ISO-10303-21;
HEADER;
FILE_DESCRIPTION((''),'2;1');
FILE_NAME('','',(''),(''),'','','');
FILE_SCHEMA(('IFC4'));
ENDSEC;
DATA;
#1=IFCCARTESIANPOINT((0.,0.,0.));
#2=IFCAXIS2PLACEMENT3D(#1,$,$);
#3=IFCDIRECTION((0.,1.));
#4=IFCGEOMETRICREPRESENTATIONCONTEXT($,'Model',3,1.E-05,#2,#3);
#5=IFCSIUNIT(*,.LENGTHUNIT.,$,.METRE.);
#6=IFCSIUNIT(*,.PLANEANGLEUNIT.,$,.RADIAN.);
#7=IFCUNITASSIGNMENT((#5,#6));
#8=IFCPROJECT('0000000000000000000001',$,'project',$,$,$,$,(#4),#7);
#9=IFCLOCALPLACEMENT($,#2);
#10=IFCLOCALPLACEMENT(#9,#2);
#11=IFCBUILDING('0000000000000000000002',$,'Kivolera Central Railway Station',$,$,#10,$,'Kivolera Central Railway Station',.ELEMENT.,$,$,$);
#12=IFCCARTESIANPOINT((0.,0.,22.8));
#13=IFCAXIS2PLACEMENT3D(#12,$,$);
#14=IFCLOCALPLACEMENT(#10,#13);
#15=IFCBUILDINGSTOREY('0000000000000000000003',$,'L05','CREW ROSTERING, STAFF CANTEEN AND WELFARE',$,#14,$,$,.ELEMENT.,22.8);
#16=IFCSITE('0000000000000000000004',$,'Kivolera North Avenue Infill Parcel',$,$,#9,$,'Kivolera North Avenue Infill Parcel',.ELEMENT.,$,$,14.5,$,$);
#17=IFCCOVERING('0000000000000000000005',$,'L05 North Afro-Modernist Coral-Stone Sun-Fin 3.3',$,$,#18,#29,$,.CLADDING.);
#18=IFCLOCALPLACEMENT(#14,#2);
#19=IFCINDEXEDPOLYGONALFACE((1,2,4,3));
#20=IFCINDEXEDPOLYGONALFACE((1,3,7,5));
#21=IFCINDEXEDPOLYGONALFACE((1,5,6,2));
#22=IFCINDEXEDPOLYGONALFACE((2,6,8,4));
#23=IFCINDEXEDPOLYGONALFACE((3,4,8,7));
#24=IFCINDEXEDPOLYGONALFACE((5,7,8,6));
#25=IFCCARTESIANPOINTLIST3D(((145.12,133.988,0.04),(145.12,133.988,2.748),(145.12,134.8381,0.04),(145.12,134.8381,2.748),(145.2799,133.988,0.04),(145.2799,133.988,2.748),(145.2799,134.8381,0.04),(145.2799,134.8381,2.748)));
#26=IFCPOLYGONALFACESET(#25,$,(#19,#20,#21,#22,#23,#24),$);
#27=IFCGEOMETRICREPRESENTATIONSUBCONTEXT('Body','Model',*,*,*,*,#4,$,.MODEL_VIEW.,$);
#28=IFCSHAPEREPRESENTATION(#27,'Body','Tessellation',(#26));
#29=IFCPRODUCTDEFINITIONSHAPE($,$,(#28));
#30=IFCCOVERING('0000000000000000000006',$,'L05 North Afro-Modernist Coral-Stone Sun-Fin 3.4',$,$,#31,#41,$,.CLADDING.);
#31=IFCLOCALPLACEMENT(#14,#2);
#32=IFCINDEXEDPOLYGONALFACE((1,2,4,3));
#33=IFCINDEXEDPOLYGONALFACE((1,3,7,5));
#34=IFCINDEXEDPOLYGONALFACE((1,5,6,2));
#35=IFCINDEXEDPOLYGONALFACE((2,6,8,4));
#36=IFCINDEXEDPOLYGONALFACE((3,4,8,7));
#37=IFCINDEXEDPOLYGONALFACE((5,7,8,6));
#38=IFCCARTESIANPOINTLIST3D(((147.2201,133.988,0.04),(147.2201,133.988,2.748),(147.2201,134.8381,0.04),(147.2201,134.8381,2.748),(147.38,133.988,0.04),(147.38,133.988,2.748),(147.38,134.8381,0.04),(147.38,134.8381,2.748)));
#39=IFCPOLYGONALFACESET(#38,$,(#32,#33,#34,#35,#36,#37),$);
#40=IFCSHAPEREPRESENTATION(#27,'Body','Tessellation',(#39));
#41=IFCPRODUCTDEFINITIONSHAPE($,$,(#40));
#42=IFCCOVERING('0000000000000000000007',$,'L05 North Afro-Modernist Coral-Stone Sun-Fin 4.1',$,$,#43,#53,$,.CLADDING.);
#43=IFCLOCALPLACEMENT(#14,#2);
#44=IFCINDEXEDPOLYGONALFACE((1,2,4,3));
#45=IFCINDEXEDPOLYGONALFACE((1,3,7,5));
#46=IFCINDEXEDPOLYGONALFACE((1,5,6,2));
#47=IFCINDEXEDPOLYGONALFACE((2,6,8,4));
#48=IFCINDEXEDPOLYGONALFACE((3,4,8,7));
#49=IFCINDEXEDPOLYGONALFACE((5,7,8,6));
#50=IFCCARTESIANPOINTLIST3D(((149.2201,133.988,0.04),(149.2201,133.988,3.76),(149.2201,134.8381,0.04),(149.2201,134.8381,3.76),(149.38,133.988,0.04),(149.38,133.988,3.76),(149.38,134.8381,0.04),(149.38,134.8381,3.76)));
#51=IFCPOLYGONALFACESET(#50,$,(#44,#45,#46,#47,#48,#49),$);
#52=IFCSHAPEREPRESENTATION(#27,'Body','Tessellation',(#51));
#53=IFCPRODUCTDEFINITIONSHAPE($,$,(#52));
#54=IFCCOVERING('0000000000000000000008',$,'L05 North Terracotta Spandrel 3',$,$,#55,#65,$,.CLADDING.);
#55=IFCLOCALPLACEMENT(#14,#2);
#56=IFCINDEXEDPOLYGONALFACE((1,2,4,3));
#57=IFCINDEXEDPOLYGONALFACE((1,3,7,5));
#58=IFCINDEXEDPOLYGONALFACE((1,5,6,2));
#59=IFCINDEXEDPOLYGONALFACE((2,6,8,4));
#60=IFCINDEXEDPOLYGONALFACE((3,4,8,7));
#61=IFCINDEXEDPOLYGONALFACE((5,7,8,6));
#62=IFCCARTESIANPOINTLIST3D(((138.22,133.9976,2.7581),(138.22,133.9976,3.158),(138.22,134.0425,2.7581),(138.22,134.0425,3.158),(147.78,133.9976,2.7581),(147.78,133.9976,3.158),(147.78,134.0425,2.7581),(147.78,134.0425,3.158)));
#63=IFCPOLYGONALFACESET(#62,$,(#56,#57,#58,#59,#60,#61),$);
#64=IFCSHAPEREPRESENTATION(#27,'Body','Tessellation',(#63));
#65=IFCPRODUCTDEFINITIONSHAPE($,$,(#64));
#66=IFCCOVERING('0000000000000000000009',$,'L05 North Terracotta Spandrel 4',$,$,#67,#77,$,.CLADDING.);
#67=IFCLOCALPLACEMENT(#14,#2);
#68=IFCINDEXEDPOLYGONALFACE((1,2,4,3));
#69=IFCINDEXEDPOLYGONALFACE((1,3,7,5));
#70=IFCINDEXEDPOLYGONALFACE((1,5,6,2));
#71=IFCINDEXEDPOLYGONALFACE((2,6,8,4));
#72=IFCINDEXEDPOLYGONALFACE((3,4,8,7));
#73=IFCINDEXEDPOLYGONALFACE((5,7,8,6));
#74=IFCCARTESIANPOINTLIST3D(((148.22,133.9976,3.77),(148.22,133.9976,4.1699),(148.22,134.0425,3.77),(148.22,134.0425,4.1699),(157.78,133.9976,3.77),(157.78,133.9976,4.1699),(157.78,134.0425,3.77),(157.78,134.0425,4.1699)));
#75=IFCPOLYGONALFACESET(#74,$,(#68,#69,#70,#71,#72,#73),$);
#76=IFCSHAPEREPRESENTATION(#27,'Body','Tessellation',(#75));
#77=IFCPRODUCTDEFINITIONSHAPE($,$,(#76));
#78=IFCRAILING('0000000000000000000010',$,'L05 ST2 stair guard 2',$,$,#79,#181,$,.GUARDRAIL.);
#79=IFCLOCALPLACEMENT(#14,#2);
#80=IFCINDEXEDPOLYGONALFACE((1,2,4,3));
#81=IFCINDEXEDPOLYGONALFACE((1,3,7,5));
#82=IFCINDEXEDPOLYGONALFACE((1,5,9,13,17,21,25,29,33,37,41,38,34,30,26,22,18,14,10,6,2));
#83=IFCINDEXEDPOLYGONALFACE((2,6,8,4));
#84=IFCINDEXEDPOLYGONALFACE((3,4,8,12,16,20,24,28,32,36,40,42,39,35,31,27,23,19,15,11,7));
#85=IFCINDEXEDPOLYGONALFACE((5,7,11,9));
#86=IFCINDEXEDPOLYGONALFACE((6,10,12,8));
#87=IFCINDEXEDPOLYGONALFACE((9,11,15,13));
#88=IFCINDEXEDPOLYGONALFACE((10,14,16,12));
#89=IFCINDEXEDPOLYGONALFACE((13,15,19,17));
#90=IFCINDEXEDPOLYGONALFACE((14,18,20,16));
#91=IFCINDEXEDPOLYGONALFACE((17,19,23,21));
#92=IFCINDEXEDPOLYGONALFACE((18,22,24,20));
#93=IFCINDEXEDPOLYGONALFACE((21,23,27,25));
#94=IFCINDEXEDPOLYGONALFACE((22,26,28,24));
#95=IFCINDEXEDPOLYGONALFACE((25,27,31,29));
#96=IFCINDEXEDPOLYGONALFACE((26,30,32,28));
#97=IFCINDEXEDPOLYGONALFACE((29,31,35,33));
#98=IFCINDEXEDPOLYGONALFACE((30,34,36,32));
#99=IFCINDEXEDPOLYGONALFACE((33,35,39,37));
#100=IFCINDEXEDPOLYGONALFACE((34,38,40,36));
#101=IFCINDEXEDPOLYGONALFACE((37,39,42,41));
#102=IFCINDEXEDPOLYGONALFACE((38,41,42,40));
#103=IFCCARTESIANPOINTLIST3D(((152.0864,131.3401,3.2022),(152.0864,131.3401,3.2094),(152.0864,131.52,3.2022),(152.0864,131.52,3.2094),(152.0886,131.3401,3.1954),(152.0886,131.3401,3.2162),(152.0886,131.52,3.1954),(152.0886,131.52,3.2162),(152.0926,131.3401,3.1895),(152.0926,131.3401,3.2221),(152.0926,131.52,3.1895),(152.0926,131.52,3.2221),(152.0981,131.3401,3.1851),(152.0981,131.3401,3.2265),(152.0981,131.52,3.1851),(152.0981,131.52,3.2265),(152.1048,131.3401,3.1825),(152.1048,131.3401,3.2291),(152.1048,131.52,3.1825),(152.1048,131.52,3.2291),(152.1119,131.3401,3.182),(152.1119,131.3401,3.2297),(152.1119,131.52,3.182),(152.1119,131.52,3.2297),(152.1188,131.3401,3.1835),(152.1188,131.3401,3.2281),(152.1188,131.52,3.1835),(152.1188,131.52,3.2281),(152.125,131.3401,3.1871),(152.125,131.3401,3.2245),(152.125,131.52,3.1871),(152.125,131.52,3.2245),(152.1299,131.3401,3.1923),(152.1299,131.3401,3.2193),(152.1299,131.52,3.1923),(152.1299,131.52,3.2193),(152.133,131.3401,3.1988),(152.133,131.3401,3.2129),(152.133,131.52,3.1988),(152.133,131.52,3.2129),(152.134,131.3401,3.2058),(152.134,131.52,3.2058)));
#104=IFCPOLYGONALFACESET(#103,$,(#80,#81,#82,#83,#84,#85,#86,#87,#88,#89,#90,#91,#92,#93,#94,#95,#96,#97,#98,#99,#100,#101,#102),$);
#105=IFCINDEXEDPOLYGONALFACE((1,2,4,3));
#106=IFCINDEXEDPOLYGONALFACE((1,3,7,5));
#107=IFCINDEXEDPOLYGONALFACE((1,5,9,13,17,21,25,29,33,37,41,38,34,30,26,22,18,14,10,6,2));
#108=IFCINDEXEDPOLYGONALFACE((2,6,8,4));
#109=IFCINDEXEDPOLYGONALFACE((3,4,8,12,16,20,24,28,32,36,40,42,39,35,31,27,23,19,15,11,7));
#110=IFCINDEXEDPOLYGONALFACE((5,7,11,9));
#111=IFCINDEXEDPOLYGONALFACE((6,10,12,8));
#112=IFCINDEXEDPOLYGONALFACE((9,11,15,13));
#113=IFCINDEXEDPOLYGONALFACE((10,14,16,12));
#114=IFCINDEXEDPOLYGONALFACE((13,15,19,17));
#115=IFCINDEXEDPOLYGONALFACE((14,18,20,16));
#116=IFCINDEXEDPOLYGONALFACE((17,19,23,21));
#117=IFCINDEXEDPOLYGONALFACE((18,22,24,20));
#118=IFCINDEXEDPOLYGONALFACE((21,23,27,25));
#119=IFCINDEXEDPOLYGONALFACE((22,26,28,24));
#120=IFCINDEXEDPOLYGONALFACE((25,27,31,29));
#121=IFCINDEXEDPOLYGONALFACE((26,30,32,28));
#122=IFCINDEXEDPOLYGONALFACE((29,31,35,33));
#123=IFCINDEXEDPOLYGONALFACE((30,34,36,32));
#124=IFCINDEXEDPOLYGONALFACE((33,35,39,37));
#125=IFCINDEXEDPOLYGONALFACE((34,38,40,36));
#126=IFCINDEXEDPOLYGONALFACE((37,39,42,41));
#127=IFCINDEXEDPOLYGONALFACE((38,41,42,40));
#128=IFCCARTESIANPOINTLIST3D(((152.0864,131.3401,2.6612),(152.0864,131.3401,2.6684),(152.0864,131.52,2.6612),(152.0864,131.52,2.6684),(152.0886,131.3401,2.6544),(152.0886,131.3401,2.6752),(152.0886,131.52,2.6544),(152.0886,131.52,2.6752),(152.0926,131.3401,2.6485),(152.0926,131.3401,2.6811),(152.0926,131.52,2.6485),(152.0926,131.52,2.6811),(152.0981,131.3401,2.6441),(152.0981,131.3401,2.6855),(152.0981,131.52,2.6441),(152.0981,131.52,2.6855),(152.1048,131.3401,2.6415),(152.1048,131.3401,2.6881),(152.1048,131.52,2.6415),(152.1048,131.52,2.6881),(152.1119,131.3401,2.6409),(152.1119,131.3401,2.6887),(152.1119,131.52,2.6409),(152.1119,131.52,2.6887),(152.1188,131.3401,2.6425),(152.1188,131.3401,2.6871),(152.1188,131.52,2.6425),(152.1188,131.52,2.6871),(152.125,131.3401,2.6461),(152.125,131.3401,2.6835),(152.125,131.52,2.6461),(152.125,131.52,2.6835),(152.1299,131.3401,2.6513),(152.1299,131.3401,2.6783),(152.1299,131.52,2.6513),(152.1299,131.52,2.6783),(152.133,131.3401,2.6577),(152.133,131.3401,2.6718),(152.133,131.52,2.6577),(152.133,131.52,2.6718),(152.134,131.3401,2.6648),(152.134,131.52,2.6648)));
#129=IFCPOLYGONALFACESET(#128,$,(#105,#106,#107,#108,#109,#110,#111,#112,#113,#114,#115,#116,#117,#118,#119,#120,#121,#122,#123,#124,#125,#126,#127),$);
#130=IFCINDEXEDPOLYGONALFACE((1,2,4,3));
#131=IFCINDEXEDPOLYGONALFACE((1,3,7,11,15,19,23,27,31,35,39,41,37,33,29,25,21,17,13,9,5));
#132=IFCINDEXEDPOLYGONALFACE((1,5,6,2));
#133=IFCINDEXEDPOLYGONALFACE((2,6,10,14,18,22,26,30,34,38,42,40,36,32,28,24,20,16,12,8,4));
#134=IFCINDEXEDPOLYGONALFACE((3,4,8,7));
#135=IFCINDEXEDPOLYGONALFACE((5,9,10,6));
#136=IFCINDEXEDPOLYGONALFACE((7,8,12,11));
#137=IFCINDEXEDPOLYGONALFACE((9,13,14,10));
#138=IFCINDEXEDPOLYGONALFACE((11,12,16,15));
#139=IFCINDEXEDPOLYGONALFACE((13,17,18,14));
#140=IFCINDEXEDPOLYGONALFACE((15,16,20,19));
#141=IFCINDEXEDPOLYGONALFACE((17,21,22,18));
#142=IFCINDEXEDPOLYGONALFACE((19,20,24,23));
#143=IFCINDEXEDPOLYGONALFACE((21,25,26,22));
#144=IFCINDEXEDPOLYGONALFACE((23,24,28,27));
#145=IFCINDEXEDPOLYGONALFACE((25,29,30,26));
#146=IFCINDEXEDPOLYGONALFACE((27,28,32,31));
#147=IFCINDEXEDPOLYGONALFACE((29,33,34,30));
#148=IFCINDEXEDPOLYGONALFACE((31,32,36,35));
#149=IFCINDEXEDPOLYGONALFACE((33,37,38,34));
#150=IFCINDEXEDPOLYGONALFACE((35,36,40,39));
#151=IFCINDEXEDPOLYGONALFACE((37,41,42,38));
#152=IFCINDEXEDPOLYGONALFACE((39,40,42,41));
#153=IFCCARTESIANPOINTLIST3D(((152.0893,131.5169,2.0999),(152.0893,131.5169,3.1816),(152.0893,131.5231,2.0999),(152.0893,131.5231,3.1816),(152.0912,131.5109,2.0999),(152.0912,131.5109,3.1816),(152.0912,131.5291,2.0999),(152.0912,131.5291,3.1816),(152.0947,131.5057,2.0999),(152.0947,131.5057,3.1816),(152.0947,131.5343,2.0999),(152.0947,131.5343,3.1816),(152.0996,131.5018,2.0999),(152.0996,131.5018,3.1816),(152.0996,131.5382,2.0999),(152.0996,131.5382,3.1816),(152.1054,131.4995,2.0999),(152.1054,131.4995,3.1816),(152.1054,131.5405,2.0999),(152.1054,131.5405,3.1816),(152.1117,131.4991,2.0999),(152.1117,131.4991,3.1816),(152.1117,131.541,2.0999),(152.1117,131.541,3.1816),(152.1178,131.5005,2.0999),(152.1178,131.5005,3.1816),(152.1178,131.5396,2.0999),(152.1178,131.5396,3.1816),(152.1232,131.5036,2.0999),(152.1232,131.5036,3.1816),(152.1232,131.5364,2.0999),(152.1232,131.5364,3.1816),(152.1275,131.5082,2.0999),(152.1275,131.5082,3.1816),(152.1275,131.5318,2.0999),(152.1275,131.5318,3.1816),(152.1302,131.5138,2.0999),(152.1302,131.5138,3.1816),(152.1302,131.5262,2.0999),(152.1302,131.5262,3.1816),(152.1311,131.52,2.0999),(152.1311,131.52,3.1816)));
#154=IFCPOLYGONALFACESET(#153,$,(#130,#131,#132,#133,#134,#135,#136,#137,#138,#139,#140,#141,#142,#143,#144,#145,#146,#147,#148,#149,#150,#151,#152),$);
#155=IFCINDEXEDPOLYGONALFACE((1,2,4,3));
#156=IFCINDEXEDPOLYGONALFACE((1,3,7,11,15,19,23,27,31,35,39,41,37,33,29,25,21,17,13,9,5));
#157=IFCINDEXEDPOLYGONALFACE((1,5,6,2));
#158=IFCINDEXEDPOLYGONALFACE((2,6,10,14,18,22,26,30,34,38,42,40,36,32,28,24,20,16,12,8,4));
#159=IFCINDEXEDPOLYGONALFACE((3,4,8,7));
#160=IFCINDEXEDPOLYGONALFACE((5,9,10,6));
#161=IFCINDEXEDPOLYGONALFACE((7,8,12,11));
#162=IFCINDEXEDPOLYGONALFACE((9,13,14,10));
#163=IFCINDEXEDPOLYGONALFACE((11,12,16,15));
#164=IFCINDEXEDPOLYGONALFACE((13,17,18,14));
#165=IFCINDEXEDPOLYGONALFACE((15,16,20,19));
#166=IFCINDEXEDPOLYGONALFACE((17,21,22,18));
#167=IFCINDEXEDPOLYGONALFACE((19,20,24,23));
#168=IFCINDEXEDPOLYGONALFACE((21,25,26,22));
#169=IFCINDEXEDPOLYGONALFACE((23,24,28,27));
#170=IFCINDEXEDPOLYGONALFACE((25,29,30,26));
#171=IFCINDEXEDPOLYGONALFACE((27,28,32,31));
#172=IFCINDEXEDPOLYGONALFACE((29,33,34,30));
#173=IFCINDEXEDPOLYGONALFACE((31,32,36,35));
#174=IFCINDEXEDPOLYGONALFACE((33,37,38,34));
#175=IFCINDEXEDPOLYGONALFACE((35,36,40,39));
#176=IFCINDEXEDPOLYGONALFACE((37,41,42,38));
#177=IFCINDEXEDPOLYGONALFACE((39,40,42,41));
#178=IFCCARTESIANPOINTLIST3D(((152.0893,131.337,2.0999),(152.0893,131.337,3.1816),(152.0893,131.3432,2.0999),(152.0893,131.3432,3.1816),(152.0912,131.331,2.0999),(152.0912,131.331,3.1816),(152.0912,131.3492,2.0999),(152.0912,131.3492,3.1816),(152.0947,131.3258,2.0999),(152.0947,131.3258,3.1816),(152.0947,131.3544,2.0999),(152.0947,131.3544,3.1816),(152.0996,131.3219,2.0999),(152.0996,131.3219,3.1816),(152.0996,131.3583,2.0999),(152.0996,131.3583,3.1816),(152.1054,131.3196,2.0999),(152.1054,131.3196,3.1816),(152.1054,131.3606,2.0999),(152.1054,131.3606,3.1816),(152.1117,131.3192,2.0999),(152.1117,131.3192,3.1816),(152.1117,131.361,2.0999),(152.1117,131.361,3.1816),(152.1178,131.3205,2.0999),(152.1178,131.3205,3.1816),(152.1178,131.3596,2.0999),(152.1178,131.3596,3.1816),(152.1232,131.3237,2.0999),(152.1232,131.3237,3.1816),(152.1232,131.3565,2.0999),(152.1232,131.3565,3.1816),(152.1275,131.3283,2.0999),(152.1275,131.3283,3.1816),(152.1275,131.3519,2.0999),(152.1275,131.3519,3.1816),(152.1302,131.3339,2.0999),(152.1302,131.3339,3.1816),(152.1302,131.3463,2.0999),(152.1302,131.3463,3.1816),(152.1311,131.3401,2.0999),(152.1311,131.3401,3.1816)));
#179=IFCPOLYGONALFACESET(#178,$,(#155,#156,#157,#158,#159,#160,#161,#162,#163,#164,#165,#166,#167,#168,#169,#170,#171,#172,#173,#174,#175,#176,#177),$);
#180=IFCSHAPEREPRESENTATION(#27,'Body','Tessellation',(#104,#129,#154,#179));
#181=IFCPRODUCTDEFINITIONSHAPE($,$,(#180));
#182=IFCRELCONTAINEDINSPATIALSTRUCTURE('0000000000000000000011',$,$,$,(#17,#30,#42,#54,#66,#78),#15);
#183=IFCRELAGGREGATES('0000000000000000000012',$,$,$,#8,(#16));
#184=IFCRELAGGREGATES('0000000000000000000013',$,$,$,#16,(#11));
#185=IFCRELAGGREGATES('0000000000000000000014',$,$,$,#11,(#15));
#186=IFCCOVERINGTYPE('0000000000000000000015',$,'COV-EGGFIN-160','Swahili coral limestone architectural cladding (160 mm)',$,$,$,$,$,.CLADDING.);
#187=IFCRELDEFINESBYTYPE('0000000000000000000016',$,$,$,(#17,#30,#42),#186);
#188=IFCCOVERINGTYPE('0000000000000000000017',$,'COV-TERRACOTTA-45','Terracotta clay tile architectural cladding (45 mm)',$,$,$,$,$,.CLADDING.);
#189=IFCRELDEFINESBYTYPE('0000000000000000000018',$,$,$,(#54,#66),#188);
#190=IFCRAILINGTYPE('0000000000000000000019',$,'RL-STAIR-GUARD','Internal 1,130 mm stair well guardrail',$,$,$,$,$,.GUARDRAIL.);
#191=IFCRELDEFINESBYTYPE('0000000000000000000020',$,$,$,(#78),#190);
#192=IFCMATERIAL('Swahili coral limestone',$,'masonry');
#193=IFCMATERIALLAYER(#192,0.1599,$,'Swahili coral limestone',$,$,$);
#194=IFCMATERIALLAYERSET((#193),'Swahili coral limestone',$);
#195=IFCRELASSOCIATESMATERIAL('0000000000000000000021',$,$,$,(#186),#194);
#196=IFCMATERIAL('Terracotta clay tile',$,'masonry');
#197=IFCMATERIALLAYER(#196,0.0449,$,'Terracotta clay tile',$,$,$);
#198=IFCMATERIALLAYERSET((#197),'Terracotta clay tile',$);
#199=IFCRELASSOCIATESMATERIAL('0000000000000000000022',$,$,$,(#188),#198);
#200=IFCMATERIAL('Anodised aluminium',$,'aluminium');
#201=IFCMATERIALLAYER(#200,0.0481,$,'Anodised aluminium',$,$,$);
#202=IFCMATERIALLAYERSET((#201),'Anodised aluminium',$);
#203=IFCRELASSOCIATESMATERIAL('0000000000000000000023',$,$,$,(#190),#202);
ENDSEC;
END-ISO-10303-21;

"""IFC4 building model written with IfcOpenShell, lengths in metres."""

from ifc_helpers import new_model, si_unit, direction, frame, frame_2d, origin, origin_2d, place, context, subcontext, project, spatial, rectangle, circle, extrude, material, layer, layer_set, type_object, element, save


model = new_model("IFC4")

# Units and contexts
model_context = context("Model", 3, precision=1e-05, world=origin(), true_north=direction((0.0, 1.0)))
body_context = subcontext(model_context, "Body", "Model", "MODEL_VIEW")
ifc_project = project(units=[si_unit("LENGTHUNIT", "METRE"), si_unit("PLANEANGLEUNIT", "RADIAN")], contexts=[model_context])

# Site, building, storey
site_placement = place(None, origin())
site = spatial("IfcSite", under=ifc_project, at=site_placement, Name="Kivolera North Avenue Infill Parcel", LongName="Kivolera North Avenue Infill Parcel", CompositionType="ELEMENT", RefElevation=14.5)
building_placement = place(site_placement, origin())
building = spatial("IfcBuilding", under=site, at=building_placement, Name="Kivolera Central Railway Station", LongName="Kivolera Central Railway Station", CompositionType="ELEMENT")
storey_placement = place(building_placement, frame((0.0, 0.0, 22.8)))
storey = spatial("IfcBuildingStorey", under=building, at=storey_placement, Name="L05", Description="CREW ROSTERING, STAFF CANTEEN AND WELFARE", CompositionType="ELEMENT", Elevation=22.8)

# Shared definitions
ifc_material_1 = material(Name="Anodised aluminium", Category="aluminium")

# Shared definitions
ifc_material_2 = material(Name="Swahili coral limestone", Category="masonry")

# Coverings
ifc_layer_1 = layer(ifc_material_2, 0.1599, Name="Swahili coral limestone")
ifc_layer_set_1 = layer_set([ifc_layer_1], Name="Swahili coral limestone")
covering_type_1 = type_object("IfcCoveringType", Name="COV-EGGFIN-160", Description="Swahili coral limestone architectural cladding (160 mm)", PredefinedType="CLADDING", material=ifc_layer_set_1)
for number, where, z_axis, x_axis, name in (
    (1, (145.2, 134.4131, 0.04), (0.0, 0.0, 1.0), (1.0, 0.0, 0.0), "L05 North Afro-Modernist Coral-Stone Sun-Fin 3.3"),
    (2, (147.3, 134.4131, 0.04), (0.0, 0.0, 1.0), (1.0, 0.0, 0.0), "L05 North Afro-Modernist Coral-Stone Sun-Fin 3.4"),
):
    element("IfcCovering", number, at=place(storey_placement, frame(where, z_axis=z_axis, x_axis=x_axis)), inside=storey, type_object=covering_type_1, Name=name, PredefinedType="CLADDING", context=body_context, shape_type="SweptSolid", body=[
        extrude(rectangle(XDim=0.1599, YDim=0.8501, at=origin_2d()), origin(), (0.0, 0.0, 1.0), 2.708),
    ])
covering_placement = place(storey_placement, frame((149.3, 134.4131, 0.04), z_axis=(0.0, 0.0, 1.0), x_axis=(1.0, 0.0, 0.0)))
element("IfcCovering", 3, at=covering_placement, inside=storey, type_object=covering_type_1, Name="L05 North Afro-Modernist Coral-Stone Sun-Fin 4.1", PredefinedType="CLADDING", context=body_context, shape_type="SweptSolid", body=[
    extrude(rectangle(XDim=0.1599, YDim=0.8501, at=origin_2d()), origin(), (0.0, 0.0, 1.0), 3.72),
])
ifc_material_3 = material(Name="Terracotta clay tile", Category="masonry")
ifc_layer_2 = layer(ifc_material_3, 0.0449, Name="Terracotta clay tile")
ifc_layer_set_2 = layer_set([ifc_layer_2], Name="Terracotta clay tile")
covering_type_2 = type_object("IfcCoveringType", Name="COV-TERRACOTTA-45", Description="Terracotta clay tile architectural cladding (45 mm)", PredefinedType="CLADDING", material=ifc_layer_set_2)
for number, where, z_axis, x_axis, name in (
    (4, (138.22, 134.02, 2.7581), (0.0, 0.0, 1.0), (1.0, 0.0, 0.0), "L05 North Terracotta Spandrel 3"),
    (5, (148.22, 134.02, 3.77), (0.0, 0.0, 1.0), (1.0, 0.0, 0.0), "L05 North Terracotta Spandrel 4"),
):
    element("IfcCovering", number, at=place(storey_placement, frame(where, z_axis=z_axis, x_axis=x_axis)), inside=storey, type_object=covering_type_2, Name=name, PredefinedType="CLADDING", context=body_context, shape_type="SweptSolid", body=[
        extrude(rectangle(XDim=9.5601, YDim=0.0449, at=frame_2d((4.78, 0.0))), origin(), (0.0, 0.0, 1.0), 0.3999),
    ])

# Railing
ifc_layer_3 = layer(ifc_material_1, 0.0481, Name="Anodised aluminium")
ifc_layer_set_3 = layer_set([ifc_layer_3], Name="Anodised aluminium")
railing_type = type_object("IfcRailingType", Name="RL-STAIR-GUARD", Description="Internal 1,130 mm stair well guardrail", PredefinedType="GUARDRAIL", material=ifc_layer_set_3)
railing_1_placement = place(storey_placement, frame((152.1101, 131.52, 2.0999)))
element("IfcRailing", 6, at=railing_1_placement, inside=storey, type_object=railing_type, Name="L05 ST2 stair guard 2", PredefinedType="GUARDRAIL", context=body_context, shape_type="SweptSolid", body=[
    extrude(circle(Radius=0.0239, at=origin_2d()), frame((0.0, 0.0, 1.106), z_axis=(0.0, -1.0, 0.0), x_axis=(1.0, 0.0, 0.0)), (0.0, 0.0, 1.0), 0.1799),
    extrude(circle(Radius=0.0239, at=origin_2d()), frame((0.0, 0.0, 0.5649), z_axis=(0.0, -1.0, 0.0), x_axis=(1.0, 0.0, 0.0)), (0.0, 0.0, 1.0), 0.1799),
    extrude(circle(Radius=0.021, at=origin_2d()), origin(), (0.0, 0.0, 1.0), 1.0818),
    extrude(circle(Radius=0.021, at=origin_2d()), frame((0.0, -0.1799, 0.0)), (0.0, 0.0, 1.0), 1.0818),
])

save(model, "model.ifc")
